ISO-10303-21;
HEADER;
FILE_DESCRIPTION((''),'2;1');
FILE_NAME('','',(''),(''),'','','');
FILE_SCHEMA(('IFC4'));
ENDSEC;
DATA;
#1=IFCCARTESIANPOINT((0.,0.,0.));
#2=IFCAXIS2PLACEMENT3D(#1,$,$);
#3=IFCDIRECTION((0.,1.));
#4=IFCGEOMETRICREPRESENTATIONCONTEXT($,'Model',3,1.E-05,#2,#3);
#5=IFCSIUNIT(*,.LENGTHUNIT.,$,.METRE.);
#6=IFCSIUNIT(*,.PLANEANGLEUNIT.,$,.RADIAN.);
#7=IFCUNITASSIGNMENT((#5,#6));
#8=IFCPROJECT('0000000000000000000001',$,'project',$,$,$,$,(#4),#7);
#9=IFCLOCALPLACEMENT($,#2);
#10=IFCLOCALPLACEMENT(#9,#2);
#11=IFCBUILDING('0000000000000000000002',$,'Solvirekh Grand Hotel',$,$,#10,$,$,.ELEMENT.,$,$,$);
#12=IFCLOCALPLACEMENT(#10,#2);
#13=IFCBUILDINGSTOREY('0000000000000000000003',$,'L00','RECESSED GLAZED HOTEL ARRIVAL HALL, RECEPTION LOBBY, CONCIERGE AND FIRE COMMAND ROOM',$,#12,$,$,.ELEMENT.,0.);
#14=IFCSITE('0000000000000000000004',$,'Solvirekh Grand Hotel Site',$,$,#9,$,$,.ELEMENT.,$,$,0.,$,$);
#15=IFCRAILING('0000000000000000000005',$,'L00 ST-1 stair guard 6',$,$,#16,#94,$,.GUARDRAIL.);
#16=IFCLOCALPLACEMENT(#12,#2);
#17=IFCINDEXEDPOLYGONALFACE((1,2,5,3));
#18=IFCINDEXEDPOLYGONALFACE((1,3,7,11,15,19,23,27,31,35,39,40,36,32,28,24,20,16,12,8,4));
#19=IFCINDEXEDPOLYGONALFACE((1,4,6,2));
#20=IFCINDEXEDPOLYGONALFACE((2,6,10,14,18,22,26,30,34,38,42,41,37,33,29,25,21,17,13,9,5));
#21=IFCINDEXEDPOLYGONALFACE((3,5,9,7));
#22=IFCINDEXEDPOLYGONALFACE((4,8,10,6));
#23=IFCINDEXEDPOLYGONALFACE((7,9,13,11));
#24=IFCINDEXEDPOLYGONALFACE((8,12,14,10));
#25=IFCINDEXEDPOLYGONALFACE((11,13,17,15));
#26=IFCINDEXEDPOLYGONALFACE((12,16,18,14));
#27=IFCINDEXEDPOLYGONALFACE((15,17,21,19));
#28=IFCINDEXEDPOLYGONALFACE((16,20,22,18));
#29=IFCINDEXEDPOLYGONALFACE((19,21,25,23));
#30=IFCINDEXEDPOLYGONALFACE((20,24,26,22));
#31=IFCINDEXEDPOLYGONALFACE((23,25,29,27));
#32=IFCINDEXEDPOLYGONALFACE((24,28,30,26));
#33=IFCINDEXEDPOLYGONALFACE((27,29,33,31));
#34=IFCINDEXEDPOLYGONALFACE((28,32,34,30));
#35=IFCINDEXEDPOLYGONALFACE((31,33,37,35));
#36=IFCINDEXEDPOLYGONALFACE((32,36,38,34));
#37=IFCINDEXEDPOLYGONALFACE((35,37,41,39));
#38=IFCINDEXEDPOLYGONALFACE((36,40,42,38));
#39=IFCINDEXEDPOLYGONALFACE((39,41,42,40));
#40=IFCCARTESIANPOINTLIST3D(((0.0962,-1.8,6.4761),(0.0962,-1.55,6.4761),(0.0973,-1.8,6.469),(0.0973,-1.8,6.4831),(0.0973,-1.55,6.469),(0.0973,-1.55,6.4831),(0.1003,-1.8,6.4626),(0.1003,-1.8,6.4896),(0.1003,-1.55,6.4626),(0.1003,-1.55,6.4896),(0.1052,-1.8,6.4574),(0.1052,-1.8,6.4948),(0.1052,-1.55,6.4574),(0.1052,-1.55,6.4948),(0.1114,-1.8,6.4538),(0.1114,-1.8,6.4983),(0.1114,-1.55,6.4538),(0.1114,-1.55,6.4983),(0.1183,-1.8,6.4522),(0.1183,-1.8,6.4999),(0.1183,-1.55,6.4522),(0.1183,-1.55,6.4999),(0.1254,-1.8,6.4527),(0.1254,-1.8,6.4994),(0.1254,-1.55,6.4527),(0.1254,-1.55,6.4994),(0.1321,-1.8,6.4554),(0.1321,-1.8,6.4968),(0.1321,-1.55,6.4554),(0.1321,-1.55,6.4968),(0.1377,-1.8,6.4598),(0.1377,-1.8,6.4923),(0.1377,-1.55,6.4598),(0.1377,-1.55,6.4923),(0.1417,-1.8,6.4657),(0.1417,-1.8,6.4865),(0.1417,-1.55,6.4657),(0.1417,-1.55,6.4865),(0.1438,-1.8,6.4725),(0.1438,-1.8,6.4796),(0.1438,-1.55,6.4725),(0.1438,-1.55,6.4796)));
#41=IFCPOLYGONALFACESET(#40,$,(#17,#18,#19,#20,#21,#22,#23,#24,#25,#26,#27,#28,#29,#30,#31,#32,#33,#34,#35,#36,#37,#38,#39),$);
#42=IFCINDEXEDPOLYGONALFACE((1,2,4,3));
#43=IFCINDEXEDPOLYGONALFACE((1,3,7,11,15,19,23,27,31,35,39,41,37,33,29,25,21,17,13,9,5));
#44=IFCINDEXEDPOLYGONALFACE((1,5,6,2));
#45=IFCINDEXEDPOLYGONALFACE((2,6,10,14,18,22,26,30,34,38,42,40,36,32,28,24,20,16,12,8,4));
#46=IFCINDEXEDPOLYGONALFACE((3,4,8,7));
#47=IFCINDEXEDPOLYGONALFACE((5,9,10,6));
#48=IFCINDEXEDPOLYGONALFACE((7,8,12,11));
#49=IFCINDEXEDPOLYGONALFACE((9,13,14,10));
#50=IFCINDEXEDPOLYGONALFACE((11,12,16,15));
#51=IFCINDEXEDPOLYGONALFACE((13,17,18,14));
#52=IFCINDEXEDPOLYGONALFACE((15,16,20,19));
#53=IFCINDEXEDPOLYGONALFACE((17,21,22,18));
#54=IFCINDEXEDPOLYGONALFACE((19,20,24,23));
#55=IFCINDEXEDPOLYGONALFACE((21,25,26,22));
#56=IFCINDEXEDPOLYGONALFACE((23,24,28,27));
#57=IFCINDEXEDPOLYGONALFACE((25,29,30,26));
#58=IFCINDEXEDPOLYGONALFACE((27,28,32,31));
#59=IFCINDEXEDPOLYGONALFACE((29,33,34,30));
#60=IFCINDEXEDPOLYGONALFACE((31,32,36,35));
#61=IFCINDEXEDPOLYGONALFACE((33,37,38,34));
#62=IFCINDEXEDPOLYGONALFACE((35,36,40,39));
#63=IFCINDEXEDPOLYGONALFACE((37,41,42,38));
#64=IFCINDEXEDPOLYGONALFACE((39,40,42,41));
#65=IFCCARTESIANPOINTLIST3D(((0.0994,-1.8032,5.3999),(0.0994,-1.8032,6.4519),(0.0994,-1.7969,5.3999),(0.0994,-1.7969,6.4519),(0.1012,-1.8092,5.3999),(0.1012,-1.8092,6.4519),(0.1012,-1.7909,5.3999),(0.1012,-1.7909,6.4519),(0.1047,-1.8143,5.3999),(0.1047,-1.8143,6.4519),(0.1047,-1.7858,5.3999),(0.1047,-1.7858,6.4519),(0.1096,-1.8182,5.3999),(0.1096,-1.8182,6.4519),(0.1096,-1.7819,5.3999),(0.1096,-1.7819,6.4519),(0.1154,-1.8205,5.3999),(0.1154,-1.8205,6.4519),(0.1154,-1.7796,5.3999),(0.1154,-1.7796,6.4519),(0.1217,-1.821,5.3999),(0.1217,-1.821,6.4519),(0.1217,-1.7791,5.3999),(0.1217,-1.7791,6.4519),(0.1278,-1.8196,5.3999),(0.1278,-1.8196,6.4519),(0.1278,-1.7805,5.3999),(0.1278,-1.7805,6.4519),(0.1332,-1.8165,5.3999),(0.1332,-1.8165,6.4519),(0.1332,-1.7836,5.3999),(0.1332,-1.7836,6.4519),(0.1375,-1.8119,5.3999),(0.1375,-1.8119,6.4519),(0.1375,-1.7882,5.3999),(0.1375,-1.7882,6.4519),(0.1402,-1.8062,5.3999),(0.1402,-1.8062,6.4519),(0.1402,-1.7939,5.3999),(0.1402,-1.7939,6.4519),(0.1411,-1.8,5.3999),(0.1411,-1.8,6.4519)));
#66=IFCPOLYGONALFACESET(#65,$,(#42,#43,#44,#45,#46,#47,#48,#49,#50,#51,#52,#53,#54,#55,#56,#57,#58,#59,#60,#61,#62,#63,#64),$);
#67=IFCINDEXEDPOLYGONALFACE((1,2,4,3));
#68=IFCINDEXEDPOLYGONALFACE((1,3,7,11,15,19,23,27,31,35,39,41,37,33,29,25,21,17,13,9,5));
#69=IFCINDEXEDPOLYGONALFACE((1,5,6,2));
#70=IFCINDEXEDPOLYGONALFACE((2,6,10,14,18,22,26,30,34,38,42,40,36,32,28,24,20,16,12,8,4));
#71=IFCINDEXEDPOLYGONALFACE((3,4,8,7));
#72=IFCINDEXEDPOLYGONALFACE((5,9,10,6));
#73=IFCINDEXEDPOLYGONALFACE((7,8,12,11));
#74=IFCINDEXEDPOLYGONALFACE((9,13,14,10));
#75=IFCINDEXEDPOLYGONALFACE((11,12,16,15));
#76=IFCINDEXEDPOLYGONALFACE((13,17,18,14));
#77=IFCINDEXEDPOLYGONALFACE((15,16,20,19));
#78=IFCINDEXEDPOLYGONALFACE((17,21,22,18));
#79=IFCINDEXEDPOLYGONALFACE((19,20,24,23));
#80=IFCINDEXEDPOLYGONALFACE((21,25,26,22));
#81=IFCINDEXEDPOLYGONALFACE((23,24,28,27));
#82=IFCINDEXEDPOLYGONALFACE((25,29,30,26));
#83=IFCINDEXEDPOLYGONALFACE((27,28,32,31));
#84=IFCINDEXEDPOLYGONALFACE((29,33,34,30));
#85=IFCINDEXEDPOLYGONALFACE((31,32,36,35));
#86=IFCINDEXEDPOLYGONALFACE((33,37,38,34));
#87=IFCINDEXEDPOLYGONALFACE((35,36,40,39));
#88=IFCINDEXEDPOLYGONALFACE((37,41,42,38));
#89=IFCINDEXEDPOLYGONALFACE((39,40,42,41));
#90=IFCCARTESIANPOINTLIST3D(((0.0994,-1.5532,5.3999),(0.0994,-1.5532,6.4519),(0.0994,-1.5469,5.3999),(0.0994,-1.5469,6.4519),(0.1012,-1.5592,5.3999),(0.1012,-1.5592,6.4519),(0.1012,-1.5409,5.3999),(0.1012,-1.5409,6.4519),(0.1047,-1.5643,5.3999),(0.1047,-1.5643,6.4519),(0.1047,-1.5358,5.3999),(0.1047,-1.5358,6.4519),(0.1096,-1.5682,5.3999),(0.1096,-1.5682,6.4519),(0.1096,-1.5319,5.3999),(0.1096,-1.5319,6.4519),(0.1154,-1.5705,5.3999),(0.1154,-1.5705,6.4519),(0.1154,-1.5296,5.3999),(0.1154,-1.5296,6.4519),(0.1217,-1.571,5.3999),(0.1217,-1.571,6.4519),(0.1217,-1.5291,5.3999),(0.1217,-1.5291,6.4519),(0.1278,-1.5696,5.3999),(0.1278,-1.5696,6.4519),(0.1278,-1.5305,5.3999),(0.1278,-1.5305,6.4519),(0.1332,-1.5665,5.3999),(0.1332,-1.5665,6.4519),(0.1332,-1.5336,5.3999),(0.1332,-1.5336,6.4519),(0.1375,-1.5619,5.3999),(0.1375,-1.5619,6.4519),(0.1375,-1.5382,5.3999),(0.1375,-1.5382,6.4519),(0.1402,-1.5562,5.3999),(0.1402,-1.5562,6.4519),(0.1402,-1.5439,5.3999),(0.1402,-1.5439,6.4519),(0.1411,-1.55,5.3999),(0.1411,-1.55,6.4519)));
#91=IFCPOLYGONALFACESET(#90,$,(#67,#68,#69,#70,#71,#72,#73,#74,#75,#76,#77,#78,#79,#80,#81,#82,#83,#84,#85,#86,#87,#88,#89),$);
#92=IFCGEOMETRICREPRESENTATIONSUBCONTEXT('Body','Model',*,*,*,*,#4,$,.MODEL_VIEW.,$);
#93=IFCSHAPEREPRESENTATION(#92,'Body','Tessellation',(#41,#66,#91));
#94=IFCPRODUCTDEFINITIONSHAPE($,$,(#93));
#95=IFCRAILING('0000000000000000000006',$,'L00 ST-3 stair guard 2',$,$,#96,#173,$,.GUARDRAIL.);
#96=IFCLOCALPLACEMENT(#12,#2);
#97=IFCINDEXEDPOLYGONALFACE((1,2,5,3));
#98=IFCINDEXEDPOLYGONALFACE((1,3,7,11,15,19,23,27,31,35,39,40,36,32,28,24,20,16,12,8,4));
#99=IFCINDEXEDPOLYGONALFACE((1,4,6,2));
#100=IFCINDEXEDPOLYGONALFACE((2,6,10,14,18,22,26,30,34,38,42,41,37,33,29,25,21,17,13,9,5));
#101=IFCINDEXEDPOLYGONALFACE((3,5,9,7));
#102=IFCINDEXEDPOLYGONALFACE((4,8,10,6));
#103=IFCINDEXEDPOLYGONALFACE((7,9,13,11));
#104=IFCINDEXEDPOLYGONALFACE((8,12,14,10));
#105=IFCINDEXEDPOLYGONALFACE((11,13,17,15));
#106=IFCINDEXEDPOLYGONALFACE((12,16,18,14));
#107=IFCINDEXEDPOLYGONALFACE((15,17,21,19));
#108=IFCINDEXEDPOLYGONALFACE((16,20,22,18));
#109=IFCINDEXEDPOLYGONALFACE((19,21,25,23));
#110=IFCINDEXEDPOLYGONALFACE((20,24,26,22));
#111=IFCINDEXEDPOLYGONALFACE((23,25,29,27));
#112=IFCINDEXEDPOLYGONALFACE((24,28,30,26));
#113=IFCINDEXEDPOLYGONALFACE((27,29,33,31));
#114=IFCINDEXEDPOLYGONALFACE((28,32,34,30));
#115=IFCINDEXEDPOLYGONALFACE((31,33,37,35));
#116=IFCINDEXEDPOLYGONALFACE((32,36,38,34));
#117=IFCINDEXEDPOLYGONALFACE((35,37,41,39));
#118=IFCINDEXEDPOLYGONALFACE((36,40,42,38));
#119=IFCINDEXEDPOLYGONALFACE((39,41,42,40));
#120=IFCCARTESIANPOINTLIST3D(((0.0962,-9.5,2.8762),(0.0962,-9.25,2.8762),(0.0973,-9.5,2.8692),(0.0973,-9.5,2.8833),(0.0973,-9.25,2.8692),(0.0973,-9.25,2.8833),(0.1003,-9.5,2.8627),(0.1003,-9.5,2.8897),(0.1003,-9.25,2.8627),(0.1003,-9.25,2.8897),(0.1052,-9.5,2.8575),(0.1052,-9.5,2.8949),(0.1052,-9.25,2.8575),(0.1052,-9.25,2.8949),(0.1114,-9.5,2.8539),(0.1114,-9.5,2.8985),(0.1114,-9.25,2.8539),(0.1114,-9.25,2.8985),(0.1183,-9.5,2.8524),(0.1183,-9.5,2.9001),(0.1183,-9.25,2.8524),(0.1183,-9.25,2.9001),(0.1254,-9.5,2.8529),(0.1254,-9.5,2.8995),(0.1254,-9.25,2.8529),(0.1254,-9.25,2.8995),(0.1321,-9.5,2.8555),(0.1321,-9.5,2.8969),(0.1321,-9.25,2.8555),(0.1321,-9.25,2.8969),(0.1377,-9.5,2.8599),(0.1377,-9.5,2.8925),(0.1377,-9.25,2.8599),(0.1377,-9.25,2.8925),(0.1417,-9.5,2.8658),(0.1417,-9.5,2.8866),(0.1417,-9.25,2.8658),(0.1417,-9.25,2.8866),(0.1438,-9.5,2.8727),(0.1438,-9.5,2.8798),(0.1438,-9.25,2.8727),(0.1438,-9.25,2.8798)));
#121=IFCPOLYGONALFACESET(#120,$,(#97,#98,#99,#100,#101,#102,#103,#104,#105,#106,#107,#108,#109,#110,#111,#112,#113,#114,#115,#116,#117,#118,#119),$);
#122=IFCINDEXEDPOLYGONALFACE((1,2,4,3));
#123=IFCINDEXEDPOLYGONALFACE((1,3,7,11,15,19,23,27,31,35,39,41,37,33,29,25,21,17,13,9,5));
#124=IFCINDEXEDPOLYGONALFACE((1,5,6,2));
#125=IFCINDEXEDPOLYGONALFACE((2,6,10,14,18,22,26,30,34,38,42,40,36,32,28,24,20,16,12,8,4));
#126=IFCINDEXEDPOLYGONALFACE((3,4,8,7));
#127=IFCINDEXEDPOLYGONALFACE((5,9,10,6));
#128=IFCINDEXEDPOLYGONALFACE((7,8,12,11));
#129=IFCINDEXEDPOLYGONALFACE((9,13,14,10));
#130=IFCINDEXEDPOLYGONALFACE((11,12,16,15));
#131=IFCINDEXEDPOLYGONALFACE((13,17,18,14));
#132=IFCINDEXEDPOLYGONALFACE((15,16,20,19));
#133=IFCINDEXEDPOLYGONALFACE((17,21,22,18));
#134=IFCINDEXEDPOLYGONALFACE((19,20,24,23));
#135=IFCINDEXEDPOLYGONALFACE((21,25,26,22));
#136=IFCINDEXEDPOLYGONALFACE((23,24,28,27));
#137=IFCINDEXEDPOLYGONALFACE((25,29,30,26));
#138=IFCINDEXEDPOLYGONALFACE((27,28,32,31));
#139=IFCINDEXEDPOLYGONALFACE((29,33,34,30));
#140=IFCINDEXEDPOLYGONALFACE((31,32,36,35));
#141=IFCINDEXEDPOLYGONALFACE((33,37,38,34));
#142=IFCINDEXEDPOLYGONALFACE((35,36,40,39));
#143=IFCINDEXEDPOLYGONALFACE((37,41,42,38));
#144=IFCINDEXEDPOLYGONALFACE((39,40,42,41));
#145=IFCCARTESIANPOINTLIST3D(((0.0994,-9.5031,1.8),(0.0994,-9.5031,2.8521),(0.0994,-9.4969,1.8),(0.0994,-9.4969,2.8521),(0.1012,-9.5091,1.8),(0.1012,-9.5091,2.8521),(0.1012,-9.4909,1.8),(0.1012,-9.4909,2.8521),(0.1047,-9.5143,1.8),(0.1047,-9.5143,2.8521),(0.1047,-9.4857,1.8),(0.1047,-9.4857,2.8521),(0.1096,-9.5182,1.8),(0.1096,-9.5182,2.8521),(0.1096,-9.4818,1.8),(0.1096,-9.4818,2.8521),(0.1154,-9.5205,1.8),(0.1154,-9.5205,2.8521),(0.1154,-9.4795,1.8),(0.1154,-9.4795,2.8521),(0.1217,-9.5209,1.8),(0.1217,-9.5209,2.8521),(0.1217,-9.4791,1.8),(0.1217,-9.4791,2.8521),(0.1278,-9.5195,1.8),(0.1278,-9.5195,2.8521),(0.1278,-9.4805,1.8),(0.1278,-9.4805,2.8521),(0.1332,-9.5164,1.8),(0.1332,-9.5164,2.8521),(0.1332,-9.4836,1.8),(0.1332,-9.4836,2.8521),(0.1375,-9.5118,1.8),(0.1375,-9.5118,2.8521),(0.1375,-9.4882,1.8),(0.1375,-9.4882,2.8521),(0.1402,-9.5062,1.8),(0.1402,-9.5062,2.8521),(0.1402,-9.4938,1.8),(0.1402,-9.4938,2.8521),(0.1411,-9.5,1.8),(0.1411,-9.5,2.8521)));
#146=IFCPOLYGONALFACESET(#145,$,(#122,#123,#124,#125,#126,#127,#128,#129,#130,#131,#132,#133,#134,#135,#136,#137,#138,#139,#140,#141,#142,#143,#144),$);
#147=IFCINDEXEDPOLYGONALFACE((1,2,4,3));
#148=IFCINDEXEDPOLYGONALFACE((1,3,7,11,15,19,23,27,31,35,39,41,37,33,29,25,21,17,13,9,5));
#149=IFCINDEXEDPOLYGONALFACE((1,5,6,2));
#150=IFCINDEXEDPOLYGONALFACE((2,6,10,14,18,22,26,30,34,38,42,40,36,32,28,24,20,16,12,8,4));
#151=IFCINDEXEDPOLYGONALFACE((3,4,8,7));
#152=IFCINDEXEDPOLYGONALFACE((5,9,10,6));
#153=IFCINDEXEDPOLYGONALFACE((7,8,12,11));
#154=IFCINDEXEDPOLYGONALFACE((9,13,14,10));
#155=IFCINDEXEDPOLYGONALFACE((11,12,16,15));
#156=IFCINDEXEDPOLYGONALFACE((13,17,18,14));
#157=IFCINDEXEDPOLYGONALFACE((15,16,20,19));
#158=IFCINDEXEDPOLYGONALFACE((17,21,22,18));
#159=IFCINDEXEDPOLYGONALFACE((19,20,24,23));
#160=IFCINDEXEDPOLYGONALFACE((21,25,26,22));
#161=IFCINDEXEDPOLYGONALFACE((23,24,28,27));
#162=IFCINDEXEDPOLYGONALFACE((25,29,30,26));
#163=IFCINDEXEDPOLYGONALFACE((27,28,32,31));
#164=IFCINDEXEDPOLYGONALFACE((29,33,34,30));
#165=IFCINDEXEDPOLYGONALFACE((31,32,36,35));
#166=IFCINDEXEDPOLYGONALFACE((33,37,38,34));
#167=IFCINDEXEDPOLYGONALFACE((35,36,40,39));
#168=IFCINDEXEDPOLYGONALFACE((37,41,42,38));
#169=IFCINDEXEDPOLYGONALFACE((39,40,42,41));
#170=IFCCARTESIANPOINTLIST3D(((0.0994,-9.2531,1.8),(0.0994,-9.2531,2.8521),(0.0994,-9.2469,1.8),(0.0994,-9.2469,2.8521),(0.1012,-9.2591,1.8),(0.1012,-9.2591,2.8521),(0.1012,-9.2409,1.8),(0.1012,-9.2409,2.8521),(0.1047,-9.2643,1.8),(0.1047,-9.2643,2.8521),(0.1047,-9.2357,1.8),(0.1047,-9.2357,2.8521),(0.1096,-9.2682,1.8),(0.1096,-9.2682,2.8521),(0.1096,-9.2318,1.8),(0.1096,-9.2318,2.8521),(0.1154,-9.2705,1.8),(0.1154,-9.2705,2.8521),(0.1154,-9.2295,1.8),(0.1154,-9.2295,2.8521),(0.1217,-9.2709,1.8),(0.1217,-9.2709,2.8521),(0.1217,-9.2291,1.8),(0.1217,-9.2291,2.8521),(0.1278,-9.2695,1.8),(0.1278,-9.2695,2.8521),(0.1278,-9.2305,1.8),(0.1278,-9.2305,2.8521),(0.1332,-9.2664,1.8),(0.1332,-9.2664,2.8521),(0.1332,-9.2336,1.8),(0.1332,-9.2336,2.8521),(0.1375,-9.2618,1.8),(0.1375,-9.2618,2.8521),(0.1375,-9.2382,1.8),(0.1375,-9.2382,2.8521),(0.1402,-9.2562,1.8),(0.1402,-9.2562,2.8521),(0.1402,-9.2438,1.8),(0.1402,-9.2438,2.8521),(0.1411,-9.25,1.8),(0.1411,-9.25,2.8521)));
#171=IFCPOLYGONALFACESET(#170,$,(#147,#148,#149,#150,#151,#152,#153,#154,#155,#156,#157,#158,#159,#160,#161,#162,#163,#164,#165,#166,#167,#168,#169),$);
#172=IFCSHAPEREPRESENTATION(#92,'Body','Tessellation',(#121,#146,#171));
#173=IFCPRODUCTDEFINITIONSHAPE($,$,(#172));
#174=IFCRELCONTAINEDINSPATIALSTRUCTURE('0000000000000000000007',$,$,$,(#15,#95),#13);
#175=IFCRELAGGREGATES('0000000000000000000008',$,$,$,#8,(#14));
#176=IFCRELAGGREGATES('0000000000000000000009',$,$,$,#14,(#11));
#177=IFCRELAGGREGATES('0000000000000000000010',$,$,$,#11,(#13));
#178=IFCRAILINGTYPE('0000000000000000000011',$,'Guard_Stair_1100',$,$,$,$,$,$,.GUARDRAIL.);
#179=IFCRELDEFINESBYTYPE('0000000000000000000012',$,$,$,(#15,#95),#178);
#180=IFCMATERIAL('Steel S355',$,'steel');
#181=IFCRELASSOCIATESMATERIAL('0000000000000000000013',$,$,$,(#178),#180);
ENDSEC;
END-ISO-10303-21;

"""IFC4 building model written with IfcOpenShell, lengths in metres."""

from ifc_helpers import new_model, si_unit, direction, frame, origin, origin_2d, place, context, subcontext, project, spatial, circle, extrude, material, type_object, element, save


model = new_model("IFC4")

# Units and contexts
model_context = context("Model", 3, precision=1e-05, world=origin(), true_north=direction((0.0, 1.0)))
body_context = subcontext(model_context, "Body", "Model", "MODEL_VIEW")
ifc_project = project(units=[si_unit("LENGTHUNIT", "METRE"), si_unit("PLANEANGLEUNIT", "RADIAN")], contexts=[model_context])

# Site, building, storey
site_placement = place(None, origin())
site = spatial("IfcSite", under=ifc_project, at=site_placement, Name="Solvirekh Grand Hotel Site", CompositionType="ELEMENT", RefElevation=0.0)
building_placement = place(site_placement, origin())
building = spatial("IfcBuilding", under=site, at=building_placement, Name="Solvirekh Grand Hotel", CompositionType="ELEMENT")
storey_placement = place(building_placement, origin())
storey = spatial("IfcBuildingStorey", under=building, at=storey_placement, Name="L00", Description="RECESSED GLAZED HOTEL ARRIVAL HALL, RECEPTION LOBBY, CONCIERGE AND FIRE COMMAND ROOM", CompositionType="ELEMENT", Elevation=0.0)

# Shared definitions
ifc_material_1 = material(Name="Steel S355", Category="steel")

# Railings
railing_type_1 = type_object("IfcRailingType", Name="Guard_Stair_1100", PredefinedType="GUARDRAIL", material=ifc_material_1)
for number, where, name in (
    (1, (0.1201, -1.8, 5.3999), "L00 ST-1 stair guard 6"),
    (2, (0.1201, -9.5, 1.8), "L00 ST-3 stair guard 2"),
):
    element("IfcRailing", number, at=place(storey_placement, frame(where)), inside=storey, type_object=railing_type_1, Name=name, PredefinedType="GUARDRAIL", context=body_context, shape_type="SweptSolid", body=[
        extrude(circle(Radius=0.0239, at=origin_2d()), frame((0.0, 0.0, 1.0762), z_axis=(0.0, 1.0, 0.0), x_axis=(-1.0, 0.0, 0.0)), (0.0, 0.0, 1.0), 0.25),
        extrude(circle(Radius=0.021, at=origin_2d()), origin(), (0.0, 0.0, 1.0), 1.052),
        extrude(circle(Radius=0.021, at=origin_2d()), frame((0.0, 0.25, 0.0)), (0.0, 0.0, 1.0), 1.052),
    ])

save(model, "model.ifc")
